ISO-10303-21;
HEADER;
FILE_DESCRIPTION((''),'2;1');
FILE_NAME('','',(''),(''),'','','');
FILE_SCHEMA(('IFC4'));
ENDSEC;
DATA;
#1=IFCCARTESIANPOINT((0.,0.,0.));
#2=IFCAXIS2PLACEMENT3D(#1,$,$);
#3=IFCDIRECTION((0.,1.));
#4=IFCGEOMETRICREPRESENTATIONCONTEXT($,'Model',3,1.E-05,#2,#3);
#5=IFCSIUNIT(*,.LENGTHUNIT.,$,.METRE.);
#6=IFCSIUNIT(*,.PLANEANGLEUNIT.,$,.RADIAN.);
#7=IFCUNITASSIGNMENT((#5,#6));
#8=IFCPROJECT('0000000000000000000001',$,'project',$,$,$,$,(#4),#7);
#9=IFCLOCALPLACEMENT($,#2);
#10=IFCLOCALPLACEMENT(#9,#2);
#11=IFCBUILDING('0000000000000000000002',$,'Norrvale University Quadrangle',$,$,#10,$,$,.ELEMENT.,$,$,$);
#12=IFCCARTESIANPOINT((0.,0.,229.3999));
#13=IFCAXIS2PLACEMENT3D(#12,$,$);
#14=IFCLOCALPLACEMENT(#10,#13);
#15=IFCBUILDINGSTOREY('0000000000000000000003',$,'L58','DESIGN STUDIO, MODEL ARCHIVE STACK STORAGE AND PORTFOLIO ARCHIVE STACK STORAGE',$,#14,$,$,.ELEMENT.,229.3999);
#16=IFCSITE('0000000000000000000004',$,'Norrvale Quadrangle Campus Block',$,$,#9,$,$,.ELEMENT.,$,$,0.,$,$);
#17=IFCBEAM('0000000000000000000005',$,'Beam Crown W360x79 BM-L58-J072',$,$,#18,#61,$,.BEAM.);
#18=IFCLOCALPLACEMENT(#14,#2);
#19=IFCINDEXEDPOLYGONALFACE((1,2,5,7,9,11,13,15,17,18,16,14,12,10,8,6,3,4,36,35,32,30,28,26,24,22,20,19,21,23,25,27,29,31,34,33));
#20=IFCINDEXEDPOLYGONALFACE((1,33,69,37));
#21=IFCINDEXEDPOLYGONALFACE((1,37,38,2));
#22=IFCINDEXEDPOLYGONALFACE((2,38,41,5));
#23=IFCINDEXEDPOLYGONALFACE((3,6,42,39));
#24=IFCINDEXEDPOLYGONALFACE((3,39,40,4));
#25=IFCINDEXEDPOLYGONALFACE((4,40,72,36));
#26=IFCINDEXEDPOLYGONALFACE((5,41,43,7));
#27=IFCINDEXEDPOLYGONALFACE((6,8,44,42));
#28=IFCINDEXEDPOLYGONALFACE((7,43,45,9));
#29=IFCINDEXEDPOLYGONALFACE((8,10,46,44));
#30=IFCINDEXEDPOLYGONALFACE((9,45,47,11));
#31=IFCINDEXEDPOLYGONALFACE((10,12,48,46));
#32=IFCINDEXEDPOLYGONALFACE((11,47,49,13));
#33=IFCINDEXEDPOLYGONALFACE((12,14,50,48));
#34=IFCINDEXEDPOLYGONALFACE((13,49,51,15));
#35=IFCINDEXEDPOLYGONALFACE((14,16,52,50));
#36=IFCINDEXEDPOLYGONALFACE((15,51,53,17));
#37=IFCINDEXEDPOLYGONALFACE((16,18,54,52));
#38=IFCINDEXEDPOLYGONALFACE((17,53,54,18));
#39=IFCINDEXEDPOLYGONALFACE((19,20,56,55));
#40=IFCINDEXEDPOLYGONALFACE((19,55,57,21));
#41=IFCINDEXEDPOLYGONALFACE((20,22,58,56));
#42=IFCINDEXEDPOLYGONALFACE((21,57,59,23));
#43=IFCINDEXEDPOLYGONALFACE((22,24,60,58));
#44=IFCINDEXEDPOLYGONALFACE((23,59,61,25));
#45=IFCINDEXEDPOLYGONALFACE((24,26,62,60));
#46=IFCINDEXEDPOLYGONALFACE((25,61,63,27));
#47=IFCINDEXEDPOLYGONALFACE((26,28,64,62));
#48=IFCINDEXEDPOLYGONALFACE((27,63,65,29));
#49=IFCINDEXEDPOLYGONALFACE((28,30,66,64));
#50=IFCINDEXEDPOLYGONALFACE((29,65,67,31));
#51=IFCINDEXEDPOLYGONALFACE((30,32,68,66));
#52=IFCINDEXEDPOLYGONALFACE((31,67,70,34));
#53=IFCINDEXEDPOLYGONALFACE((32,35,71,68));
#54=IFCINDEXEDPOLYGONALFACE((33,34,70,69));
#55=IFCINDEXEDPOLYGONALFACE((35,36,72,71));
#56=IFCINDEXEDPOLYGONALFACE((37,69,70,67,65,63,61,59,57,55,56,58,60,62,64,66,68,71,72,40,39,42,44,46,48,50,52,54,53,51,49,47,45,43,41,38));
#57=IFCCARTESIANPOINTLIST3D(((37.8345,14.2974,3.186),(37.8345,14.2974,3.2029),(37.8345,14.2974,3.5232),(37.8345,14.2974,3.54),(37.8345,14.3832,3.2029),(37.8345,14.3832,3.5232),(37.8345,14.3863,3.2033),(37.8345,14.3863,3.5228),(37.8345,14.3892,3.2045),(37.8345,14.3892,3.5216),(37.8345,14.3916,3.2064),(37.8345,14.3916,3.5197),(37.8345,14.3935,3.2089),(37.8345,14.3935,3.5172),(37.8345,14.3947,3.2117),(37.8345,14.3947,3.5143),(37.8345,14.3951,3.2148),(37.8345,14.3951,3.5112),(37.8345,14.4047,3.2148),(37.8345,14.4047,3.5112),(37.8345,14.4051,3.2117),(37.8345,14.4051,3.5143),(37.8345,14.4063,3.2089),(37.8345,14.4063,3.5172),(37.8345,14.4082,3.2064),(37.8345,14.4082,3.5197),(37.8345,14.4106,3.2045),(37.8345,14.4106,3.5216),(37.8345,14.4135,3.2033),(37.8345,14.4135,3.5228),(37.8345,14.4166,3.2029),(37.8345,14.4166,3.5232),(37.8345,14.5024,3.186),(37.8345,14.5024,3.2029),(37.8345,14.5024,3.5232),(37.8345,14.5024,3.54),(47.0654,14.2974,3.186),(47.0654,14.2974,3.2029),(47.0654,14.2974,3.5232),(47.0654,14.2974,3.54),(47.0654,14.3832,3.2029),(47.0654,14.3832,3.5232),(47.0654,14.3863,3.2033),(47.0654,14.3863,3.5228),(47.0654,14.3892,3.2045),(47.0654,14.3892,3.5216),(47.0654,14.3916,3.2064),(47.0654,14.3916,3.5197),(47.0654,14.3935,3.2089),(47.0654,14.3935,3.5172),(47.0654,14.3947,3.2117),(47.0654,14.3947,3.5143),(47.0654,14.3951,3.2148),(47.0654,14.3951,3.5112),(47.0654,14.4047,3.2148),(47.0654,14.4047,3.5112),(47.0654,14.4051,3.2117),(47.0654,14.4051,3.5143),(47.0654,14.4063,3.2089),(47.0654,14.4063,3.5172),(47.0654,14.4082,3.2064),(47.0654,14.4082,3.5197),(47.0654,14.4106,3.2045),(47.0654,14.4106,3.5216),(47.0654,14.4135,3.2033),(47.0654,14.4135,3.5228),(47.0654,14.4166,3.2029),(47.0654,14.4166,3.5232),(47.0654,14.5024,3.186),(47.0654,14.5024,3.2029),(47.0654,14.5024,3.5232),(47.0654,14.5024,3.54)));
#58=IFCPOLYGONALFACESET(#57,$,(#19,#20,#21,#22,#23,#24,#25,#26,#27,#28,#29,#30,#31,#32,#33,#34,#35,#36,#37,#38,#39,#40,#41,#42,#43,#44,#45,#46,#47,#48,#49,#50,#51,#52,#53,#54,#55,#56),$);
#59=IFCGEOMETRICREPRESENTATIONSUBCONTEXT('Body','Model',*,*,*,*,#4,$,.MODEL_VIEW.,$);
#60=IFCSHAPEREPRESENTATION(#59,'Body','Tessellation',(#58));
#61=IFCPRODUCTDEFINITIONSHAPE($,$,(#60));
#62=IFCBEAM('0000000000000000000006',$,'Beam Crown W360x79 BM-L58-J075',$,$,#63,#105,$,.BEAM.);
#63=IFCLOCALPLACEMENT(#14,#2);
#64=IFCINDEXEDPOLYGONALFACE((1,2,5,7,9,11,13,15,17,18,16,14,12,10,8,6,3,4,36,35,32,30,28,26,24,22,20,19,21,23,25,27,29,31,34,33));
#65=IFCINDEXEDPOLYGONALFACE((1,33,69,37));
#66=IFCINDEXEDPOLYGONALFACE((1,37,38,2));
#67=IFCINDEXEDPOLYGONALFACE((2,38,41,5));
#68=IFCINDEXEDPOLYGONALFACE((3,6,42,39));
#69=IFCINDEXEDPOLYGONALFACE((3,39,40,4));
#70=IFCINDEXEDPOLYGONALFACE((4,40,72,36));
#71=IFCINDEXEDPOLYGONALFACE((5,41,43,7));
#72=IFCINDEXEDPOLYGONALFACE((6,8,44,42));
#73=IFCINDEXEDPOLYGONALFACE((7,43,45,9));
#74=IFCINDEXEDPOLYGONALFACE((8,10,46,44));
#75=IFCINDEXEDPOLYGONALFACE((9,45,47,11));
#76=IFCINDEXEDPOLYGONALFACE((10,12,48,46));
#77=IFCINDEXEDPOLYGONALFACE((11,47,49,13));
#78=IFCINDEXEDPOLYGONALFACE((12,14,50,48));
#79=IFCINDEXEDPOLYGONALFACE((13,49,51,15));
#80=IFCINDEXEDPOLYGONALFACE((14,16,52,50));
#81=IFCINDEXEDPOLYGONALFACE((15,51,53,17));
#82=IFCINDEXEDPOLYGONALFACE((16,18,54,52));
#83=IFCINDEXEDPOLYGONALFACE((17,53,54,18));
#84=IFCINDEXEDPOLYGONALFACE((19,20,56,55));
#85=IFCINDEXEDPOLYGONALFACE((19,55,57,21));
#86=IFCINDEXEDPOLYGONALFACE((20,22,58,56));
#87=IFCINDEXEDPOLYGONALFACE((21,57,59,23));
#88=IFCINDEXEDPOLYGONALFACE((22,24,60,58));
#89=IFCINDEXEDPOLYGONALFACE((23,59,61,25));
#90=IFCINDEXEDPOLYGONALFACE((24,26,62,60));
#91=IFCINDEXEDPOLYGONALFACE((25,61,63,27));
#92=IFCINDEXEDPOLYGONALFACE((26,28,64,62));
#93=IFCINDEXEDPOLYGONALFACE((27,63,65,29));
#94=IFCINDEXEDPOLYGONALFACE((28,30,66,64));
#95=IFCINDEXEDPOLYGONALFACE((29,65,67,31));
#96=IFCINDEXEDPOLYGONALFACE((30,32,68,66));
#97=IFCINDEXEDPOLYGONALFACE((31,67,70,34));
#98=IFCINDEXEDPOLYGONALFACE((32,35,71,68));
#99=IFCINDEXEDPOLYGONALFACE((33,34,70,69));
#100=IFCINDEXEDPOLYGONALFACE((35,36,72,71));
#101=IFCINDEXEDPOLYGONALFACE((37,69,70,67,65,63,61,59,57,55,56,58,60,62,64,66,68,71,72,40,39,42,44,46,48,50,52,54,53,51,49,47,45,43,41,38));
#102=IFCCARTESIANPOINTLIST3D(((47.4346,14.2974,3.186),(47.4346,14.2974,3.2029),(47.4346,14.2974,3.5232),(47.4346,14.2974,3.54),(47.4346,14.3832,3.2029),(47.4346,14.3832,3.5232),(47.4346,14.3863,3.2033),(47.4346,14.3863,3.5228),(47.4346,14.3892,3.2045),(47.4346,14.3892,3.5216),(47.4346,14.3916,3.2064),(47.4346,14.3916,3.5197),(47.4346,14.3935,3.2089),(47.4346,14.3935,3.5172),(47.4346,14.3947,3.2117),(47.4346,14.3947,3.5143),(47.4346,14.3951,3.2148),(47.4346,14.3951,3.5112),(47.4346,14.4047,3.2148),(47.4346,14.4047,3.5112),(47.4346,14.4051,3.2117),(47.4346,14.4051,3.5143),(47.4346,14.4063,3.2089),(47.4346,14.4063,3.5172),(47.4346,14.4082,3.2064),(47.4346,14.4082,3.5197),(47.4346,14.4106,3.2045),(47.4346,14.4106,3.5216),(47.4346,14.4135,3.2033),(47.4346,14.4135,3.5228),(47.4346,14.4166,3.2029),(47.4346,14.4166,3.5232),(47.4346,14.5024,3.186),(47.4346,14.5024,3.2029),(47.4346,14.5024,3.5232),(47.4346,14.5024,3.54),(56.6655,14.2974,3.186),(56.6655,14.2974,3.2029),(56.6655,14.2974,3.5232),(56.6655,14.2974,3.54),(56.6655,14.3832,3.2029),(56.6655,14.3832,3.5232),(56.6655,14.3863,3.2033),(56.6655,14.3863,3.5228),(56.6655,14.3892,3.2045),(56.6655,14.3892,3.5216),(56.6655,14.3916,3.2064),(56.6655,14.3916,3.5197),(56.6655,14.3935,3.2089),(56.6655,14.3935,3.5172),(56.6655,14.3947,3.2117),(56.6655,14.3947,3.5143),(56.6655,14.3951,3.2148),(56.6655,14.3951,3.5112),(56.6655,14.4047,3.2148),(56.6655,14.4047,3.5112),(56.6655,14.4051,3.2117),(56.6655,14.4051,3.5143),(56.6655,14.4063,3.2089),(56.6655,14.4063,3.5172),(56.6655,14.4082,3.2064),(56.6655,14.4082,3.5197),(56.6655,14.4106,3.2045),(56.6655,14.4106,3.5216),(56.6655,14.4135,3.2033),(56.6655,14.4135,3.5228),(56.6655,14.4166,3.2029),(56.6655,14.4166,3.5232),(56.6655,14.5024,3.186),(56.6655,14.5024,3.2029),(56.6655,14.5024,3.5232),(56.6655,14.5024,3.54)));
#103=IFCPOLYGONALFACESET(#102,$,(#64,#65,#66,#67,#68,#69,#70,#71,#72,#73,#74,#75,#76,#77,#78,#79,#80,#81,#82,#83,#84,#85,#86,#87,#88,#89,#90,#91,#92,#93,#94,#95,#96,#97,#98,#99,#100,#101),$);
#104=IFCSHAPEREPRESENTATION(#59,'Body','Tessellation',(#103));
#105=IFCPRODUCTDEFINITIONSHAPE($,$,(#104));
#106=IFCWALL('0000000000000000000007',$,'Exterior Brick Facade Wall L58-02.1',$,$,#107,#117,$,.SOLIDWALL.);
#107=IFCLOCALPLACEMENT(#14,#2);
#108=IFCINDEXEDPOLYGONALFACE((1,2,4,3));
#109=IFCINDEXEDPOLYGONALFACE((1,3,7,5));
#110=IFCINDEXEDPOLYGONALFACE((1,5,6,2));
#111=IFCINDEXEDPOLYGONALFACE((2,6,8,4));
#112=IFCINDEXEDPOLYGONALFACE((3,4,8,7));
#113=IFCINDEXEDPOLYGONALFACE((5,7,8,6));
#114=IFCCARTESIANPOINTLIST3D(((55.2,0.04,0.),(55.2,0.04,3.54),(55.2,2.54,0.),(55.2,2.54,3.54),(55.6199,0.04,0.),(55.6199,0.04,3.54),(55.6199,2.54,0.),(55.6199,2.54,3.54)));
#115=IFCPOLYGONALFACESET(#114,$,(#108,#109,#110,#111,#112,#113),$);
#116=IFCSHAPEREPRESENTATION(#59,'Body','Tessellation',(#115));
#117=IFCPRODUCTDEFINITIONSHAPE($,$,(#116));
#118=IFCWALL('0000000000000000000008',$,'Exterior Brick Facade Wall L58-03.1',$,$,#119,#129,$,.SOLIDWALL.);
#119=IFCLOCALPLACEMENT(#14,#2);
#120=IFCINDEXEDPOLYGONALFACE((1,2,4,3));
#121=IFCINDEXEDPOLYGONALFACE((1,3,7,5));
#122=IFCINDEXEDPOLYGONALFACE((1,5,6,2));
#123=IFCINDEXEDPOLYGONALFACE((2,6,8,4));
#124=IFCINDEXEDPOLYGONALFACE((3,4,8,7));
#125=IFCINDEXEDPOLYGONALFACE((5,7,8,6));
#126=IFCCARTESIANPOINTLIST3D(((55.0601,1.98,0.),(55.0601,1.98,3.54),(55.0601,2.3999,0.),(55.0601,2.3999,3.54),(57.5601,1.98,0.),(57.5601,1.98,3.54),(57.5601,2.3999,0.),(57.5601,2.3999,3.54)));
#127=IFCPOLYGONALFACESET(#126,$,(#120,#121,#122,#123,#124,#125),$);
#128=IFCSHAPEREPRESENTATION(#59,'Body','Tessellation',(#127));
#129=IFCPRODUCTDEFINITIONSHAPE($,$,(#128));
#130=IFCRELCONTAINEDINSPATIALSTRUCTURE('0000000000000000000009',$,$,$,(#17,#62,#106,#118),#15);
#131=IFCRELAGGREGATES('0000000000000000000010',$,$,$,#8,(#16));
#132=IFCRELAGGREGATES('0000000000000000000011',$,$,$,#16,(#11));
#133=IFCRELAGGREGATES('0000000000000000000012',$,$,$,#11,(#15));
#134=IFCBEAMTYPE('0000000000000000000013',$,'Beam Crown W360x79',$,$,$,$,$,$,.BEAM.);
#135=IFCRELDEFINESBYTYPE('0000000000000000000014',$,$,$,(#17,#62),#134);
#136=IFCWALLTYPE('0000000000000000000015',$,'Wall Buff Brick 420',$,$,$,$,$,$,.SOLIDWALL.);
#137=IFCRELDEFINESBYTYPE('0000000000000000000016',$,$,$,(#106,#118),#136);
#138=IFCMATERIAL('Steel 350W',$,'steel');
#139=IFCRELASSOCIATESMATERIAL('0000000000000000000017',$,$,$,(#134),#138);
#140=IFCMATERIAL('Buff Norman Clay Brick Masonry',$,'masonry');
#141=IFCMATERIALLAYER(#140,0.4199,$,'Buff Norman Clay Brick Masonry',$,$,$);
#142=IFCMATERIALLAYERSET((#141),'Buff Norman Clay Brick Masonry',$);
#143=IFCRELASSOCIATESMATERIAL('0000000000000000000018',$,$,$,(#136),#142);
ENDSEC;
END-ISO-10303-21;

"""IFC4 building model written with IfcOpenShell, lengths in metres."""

from ifc_helpers import new_model, si_unit, direction, frame, frame_2d, origin, origin_2d, place, context, subcontext, project, spatial, rectangle, i_section, extrude, material, layer, layer_set, material_profile, profile_set, type_object, element, save


model = new_model("IFC4")

# Units and contexts
model_context = context("Model", 3, precision=1e-05, world=origin(), true_north=direction((0.0, 1.0)))
body_context = subcontext(model_context, "Body", "Model", "MODEL_VIEW")
ifc_project = project(units=[si_unit("LENGTHUNIT", "METRE"), si_unit("PLANEANGLEUNIT", "RADIAN")], contexts=[model_context])

# Site, building, storey
site_placement = place(None, origin())
site = spatial("IfcSite", under=ifc_project, at=site_placement, Name="Norrvale Quadrangle Campus Block", CompositionType="ELEMENT", RefElevation=0.0)
building_placement = place(site_placement, origin())
building = spatial("IfcBuilding", under=site, at=building_placement, Name="Norrvale University Quadrangle", CompositionType="ELEMENT")
storey_placement = place(building_placement, frame((0.0, 0.0, 229.3999)))
storey = spatial("IfcBuildingStorey", under=building, at=storey_placement, Name="L58", Description="DESIGN STUDIO, MODEL ARCHIVE STACK STORAGE AND PORTFOLIO ARCHIVE STACK STORAGE", CompositionType="ELEMENT", Elevation=229.3999)

# Beams
ifc_material_1 = material(Name="Steel 350W", Category="steel")
ifc_material_profile_1 = material_profile(ifc_material_1, i_section(OverallWidth=0.2051, OverallDepth=0.354, WebThickness=0.0095, FlangeThickness=0.0168, FilletRadius=0.012, at=origin_2d()), Name="Steel 350W")
ifc_profile_set_1 = profile_set([ifc_material_profile_1], Name="Steel 350W")
beam_type_1 = type_object("IfcBeamType", Name="Beam Crown W360x79", PredefinedType="BEAM", material=ifc_profile_set_1)
for number, where, z_axis, x_axis, name in (
    (1, (37.8345, 14.3999, 3.363), (1.0, 0.0, 0.0), (0.0, 1.0, 0.0), "Beam Crown W360x79 BM-L58-J072"),
    (2, (47.4346, 14.3999, 3.363), (1.0, 0.0, 0.0), (0.0, 1.0, 0.0), "Beam Crown W360x79 BM-L58-J075"),
):
    element("IfcBeam", number, at=place(storey_placement, frame(where, z_axis=z_axis, x_axis=x_axis)), inside=storey, type_object=beam_type_1, Name=name, PredefinedType="BEAM", context=body_context, shape_type="SweptSolid", body=[
        extrude(i_section(OverallWidth=0.2051, OverallDepth=0.354, WebThickness=0.0095, FlangeThickness=0.0168, FilletRadius=0.012, at=origin_2d()), origin(), (0.0, 0.0, 1.0), 9.231),
    ])

# Walls
ifc_material_2 = material(Name="Buff Norman Clay Brick Masonry", Category="masonry")
ifc_layer_1 = layer(ifc_material_2, 0.4199, Name="Buff Norman Clay Brick Masonry")
ifc_layer_set_1 = layer_set([ifc_layer_1], Name="Buff Norman Clay Brick Masonry")
wall_type_1 = type_object("IfcWallType", Name="Wall Buff Brick 420", PredefinedType="SOLIDWALL", material=ifc_layer_set_1)
for number, where, z_axis, x_axis, name in (
    (3, (55.4099, 0.04, 0.0), (0.0, 0.0, 1.0), (0.0, 1.0, 0.0), "Exterior Brick Facade Wall L58-02.1"),
    (4, (55.0601, 2.1899, 0.0), (0.0, 0.0, 1.0), (1.0, 0.0, 0.0), "Exterior Brick Facade Wall L58-03.1"),
):
    element("IfcWall", number, at=place(storey_placement, frame(where, z_axis=z_axis, x_axis=x_axis)), inside=storey, type_object=wall_type_1, Name=name, PredefinedType="SOLIDWALL", context=body_context, shape_type="SweptSolid", body=[
        extrude(rectangle(XDim=2.5, YDim=0.4199, at=frame_2d((1.25, 0.0))), origin(), (0.0, 0.0, 1.0), 3.54),
    ])

save(model, "model.ifc")
